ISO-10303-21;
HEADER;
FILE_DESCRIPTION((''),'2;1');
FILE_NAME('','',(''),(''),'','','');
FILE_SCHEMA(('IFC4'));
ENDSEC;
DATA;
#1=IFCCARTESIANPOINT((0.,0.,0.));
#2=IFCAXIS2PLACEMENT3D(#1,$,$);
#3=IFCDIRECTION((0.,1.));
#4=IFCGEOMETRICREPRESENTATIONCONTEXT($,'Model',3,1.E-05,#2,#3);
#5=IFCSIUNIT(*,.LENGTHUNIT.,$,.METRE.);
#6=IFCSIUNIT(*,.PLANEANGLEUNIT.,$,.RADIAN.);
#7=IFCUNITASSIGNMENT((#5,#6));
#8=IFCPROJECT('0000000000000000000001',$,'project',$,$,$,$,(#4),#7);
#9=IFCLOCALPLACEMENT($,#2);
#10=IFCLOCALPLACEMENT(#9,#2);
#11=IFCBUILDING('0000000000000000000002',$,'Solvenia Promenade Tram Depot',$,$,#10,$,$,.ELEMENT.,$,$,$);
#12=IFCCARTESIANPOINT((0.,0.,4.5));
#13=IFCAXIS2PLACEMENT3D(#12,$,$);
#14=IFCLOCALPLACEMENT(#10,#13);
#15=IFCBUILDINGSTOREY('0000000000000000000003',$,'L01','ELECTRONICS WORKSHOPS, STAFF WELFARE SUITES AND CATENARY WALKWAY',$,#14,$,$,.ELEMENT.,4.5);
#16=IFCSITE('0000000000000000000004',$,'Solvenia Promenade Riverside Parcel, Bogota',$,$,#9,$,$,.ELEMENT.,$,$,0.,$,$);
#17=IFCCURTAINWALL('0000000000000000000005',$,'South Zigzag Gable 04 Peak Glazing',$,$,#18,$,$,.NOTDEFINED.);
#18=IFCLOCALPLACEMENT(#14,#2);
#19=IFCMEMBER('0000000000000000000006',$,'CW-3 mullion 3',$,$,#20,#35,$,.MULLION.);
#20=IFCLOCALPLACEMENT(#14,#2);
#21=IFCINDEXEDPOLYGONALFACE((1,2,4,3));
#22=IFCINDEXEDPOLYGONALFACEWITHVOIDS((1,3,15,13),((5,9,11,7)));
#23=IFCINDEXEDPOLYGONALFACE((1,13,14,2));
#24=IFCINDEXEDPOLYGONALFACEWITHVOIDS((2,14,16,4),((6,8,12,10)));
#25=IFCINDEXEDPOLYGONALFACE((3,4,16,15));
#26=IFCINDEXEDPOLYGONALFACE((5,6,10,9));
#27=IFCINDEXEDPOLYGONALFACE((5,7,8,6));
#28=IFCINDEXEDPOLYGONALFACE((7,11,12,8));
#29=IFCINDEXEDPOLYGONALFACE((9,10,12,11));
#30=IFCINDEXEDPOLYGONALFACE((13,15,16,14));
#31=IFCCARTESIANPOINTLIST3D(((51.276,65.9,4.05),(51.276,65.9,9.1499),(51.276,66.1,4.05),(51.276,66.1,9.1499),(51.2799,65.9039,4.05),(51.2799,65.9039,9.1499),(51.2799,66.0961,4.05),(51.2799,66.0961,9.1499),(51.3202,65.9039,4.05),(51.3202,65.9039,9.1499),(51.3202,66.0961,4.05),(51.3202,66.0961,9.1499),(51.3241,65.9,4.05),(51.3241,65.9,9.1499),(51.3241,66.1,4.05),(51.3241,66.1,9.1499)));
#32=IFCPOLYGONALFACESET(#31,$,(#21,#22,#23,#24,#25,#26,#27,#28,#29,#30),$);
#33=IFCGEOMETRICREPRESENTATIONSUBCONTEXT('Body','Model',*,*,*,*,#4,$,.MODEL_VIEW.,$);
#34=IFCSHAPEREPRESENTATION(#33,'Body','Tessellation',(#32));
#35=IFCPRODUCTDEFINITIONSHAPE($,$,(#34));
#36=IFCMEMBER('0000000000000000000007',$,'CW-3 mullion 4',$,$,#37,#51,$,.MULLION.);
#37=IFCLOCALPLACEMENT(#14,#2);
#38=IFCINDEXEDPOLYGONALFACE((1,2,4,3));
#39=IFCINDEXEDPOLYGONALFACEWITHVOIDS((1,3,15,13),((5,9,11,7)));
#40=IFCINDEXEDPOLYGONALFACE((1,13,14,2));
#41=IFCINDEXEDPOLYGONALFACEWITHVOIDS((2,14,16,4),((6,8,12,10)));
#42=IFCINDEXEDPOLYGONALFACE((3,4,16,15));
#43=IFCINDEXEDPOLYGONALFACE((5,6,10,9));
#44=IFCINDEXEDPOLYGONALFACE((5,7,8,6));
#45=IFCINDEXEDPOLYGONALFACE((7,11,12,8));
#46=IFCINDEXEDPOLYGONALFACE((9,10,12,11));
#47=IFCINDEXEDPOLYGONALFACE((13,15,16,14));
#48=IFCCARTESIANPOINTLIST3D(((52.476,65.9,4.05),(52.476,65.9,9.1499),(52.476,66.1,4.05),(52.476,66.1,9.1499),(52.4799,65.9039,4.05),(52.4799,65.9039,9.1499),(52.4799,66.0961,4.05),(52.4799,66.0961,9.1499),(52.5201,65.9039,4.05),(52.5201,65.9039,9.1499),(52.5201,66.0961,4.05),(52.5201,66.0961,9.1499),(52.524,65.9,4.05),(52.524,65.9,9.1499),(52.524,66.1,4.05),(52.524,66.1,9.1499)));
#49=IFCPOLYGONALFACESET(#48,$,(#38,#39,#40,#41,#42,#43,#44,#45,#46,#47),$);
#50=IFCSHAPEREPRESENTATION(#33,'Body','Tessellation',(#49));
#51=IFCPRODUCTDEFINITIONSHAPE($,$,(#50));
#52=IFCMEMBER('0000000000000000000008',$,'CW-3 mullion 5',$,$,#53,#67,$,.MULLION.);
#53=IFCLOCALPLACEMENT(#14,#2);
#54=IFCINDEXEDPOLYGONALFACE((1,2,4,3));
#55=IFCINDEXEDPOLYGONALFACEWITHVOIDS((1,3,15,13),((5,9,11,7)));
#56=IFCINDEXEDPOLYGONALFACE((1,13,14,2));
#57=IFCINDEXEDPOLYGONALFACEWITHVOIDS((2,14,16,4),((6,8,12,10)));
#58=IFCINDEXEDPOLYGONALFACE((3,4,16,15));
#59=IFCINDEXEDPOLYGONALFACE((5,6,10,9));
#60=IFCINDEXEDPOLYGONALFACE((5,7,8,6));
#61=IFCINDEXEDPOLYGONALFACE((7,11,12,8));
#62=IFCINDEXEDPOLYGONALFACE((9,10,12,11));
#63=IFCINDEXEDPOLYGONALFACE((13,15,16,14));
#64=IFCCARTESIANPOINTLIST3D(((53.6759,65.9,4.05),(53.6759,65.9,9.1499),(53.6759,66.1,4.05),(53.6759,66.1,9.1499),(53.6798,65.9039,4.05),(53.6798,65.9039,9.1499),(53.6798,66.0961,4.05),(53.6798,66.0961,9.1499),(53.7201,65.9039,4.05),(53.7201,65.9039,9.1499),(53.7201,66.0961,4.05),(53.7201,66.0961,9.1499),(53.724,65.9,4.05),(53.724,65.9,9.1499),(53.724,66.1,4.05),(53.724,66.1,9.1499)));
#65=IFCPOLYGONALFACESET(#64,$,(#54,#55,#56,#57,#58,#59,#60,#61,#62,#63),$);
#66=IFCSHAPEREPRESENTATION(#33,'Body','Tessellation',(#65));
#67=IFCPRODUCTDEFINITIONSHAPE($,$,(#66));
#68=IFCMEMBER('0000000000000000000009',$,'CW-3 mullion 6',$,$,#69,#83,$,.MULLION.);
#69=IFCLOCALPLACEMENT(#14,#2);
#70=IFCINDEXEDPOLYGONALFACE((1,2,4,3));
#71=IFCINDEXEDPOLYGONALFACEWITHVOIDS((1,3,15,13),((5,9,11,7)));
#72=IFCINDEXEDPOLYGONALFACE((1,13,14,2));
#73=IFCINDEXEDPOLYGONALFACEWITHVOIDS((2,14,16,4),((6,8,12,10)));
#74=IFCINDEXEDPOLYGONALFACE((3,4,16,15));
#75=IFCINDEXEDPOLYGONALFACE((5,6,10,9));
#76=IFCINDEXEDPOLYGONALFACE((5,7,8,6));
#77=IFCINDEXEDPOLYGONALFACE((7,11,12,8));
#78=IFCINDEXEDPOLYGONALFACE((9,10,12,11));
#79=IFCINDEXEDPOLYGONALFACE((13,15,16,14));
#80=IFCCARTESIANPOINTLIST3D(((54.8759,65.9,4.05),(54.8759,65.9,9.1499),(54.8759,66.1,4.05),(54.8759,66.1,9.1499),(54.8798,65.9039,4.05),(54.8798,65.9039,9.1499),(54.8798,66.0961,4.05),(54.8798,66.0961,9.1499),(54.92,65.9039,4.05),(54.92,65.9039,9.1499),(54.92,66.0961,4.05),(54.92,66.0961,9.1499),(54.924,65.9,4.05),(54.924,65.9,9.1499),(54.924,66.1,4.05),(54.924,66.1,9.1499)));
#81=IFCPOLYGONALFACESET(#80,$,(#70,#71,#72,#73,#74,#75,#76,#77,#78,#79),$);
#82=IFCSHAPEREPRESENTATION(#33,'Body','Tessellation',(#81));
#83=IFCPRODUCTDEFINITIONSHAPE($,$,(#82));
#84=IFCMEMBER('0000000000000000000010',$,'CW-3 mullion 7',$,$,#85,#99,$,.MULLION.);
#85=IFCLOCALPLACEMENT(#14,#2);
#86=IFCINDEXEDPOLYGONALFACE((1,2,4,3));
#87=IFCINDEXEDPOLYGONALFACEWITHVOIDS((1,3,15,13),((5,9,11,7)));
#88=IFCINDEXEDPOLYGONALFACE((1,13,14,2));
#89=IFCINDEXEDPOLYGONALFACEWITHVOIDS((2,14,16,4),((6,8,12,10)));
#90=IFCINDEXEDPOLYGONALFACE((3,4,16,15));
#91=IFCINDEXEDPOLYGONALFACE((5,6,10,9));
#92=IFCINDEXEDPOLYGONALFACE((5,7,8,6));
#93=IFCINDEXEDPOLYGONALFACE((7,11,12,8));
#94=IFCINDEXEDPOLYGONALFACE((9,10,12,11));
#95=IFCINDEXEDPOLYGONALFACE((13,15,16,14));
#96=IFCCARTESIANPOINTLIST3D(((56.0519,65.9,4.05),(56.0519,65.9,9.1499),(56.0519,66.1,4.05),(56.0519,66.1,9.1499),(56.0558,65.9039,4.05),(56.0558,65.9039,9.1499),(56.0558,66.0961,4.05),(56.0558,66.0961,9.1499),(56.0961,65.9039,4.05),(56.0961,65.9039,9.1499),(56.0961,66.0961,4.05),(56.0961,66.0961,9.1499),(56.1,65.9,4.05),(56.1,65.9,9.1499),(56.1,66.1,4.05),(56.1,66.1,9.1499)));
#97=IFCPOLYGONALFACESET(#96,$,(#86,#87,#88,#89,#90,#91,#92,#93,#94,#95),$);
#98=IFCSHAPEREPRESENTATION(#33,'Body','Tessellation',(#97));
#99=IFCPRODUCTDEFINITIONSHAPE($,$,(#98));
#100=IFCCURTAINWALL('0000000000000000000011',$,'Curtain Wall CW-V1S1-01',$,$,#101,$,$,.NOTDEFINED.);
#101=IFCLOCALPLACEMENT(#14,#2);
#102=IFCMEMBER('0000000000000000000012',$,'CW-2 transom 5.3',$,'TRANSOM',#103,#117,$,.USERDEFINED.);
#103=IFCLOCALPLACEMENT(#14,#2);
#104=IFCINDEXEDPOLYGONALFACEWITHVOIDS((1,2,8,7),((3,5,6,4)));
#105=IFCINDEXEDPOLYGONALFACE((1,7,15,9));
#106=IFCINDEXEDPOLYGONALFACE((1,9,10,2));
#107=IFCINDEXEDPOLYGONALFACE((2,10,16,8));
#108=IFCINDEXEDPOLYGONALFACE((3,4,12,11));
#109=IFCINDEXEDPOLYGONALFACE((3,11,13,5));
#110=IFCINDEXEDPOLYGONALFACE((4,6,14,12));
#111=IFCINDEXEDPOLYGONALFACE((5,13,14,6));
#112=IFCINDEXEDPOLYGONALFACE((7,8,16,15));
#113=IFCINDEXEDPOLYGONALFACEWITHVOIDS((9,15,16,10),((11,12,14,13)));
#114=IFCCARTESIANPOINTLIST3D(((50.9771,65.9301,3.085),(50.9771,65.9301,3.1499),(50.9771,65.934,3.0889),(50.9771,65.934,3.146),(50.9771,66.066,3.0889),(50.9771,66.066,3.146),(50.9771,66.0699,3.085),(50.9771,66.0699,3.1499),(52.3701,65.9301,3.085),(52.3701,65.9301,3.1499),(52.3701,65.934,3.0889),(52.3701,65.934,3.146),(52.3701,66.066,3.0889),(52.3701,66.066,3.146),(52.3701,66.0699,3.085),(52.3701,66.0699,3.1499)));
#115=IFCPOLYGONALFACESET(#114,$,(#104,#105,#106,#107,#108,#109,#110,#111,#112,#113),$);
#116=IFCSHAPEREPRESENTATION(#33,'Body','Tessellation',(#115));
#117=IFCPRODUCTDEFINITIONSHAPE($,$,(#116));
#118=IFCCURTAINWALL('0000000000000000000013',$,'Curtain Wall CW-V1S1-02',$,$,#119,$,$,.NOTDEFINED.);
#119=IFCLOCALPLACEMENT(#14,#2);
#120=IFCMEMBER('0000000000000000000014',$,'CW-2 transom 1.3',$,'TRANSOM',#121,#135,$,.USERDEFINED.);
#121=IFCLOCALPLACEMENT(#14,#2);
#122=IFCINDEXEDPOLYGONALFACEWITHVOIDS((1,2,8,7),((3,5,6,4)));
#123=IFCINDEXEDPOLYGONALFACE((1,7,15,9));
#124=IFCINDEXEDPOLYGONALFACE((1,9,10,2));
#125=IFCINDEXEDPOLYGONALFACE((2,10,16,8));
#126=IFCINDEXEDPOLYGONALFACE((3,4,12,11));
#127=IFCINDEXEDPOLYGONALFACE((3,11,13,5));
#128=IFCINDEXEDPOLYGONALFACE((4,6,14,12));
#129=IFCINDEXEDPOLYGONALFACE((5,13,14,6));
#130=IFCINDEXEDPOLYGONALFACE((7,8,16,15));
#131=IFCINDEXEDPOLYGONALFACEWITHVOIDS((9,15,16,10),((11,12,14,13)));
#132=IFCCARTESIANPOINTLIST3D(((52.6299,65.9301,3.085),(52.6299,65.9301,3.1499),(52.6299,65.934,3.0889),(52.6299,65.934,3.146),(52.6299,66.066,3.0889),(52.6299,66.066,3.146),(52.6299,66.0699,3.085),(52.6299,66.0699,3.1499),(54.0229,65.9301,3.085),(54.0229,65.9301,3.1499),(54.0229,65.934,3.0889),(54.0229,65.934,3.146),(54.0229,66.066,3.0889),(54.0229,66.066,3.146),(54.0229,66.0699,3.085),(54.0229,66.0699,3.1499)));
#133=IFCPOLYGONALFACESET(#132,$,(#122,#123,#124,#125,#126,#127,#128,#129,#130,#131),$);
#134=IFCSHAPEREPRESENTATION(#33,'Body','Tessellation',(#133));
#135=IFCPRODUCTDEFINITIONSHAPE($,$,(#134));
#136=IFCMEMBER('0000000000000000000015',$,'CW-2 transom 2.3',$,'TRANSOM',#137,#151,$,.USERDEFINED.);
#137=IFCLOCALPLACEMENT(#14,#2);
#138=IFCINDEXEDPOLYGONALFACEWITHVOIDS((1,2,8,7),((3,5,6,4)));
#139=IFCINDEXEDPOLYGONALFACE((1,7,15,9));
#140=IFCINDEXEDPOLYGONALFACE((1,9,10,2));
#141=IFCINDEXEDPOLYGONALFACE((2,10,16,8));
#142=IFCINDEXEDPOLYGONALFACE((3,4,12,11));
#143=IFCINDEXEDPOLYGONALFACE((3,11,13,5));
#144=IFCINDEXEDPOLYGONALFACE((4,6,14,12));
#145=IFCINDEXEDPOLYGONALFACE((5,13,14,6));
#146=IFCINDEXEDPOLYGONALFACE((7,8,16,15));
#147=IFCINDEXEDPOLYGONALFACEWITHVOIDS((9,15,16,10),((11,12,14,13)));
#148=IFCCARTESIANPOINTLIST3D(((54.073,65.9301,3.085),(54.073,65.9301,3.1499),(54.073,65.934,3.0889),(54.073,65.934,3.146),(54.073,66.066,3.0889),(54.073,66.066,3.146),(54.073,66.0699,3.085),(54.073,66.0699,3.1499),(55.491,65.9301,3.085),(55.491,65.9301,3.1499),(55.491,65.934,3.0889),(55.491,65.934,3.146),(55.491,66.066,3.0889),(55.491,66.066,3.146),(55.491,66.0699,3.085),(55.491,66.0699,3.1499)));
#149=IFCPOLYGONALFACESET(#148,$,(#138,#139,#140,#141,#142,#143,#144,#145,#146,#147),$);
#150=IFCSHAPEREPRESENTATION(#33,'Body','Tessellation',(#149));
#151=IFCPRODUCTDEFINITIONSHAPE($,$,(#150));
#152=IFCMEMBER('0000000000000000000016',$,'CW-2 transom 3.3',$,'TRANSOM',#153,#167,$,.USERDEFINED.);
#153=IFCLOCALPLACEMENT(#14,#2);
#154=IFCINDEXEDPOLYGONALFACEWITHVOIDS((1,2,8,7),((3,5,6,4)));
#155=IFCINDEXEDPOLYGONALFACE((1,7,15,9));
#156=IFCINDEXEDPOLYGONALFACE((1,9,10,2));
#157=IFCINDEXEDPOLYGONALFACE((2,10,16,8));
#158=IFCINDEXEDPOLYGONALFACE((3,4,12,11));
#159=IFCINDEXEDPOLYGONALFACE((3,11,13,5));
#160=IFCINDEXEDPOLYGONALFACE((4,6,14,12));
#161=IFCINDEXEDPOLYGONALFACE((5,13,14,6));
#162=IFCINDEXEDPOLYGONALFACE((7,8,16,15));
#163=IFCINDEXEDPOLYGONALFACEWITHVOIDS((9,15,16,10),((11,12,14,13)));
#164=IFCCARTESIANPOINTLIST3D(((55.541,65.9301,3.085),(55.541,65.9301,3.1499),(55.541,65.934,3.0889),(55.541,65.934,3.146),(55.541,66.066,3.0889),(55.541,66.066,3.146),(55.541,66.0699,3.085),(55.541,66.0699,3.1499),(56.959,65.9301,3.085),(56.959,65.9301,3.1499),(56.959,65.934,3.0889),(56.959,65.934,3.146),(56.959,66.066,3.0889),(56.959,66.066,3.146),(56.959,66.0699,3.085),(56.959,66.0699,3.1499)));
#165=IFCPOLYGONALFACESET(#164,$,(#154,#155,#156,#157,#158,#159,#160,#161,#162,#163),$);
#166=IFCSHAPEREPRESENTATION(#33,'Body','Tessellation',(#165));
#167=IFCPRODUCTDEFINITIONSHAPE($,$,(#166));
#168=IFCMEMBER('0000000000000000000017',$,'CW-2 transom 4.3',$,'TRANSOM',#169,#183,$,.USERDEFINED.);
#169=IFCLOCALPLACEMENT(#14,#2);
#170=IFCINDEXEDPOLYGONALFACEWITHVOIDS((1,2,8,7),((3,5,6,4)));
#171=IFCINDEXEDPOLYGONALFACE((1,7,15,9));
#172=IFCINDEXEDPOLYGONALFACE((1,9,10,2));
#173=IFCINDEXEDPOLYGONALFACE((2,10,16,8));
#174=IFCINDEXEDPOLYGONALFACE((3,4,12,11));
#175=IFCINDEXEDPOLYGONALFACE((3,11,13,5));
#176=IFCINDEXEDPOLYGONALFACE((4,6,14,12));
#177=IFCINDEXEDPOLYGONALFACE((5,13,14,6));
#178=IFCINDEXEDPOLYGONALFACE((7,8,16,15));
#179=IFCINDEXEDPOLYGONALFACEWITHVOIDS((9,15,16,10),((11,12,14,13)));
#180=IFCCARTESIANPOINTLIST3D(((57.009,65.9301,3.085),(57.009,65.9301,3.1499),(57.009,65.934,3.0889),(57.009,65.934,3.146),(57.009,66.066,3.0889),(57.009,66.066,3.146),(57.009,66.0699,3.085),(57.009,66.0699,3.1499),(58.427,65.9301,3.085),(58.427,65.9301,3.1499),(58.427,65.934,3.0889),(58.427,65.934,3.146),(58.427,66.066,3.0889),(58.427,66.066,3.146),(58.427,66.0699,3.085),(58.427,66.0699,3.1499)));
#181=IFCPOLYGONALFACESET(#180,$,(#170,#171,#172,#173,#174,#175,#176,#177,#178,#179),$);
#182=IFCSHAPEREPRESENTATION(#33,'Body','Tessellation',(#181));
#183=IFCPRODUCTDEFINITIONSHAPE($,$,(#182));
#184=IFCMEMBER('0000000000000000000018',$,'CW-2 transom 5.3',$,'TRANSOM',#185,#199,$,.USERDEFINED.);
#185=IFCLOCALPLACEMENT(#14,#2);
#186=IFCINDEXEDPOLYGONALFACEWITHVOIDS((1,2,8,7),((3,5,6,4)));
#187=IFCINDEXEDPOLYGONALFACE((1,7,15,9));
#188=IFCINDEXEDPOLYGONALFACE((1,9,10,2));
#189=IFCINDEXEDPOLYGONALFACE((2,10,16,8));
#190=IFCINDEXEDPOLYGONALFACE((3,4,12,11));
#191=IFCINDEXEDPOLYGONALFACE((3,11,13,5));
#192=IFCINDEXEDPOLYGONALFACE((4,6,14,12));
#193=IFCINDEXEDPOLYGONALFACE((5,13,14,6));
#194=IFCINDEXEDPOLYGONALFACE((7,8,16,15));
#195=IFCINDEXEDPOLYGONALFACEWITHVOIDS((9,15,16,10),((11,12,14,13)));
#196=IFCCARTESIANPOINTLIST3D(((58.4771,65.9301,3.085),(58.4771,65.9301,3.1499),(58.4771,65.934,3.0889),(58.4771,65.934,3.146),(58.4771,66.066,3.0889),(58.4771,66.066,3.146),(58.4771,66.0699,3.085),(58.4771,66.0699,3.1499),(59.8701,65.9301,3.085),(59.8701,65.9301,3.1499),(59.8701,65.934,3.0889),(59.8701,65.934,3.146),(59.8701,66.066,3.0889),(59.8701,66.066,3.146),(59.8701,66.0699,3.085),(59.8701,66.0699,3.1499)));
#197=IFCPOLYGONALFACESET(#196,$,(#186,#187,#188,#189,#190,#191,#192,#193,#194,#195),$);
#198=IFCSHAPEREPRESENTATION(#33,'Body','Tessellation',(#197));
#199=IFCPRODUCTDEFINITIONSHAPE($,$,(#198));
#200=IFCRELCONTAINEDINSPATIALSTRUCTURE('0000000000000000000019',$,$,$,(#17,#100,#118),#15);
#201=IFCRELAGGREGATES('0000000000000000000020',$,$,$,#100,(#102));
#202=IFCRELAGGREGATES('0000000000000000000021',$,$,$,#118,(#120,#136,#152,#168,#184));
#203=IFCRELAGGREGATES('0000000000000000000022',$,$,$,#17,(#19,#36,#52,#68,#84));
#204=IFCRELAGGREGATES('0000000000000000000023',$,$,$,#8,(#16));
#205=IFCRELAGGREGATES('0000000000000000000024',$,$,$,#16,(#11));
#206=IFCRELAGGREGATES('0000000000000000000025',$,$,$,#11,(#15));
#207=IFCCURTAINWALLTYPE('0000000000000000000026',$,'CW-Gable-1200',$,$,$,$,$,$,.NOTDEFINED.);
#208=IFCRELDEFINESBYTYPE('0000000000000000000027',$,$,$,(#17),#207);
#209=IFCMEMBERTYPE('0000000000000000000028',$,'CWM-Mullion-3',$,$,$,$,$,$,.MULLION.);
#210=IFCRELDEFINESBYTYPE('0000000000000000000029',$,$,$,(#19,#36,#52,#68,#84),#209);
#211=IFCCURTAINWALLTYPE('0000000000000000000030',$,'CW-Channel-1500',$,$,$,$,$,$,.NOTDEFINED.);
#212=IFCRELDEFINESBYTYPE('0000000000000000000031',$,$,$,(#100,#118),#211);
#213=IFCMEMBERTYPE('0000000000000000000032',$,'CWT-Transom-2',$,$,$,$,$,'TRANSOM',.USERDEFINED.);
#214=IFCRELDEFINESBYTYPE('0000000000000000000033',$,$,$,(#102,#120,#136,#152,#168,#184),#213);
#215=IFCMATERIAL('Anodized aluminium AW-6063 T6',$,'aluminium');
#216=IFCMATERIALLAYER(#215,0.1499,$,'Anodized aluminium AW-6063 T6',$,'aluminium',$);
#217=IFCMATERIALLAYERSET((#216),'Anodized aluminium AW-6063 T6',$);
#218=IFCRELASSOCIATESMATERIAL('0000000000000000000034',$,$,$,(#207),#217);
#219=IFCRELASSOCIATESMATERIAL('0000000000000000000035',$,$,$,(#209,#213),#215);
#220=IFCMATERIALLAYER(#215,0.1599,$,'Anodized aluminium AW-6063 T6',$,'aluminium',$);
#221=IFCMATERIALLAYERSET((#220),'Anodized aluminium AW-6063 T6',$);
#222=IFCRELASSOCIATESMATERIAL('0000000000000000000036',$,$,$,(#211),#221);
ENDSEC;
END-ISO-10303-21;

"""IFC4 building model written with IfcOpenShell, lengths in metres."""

from ifc_helpers import new_model, si_unit, direction, frame, origin, origin_2d, place, context, subcontext, project, spatial, hollow_rectangle, extrude, material, layer, layer_set, material_profile, profile_set, type_object, element, aggregate, save


model = new_model("IFC4")

# Units and contexts
model_context = context("Model", 3, precision=1e-05, world=origin(), true_north=direction((0.0, 1.0)))
body_context = subcontext(model_context, "Body", "Model", "MODEL_VIEW")
ifc_project = project(units=[si_unit("LENGTHUNIT", "METRE"), si_unit("PLANEANGLEUNIT", "RADIAN")], contexts=[model_context])

# Site, building, storey
site_placement = place(None, origin())
site = spatial("IfcSite", under=ifc_project, at=site_placement, Name="Solvenia Promenade Riverside Parcel, Bogota", CompositionType="ELEMENT", RefElevation=0.0)
building_placement = place(site_placement, origin())
building = spatial("IfcBuilding", under=site, at=building_placement, Name="Solvenia Promenade Tram Depot", CompositionType="ELEMENT")
storey_placement = place(building_placement, frame((0.0, 0.0, 4.5)))
storey = spatial("IfcBuildingStorey", under=building, at=storey_placement, Name="L01", Description="ELECTRONICS WORKSHOPS, STAFF WELFARE SUITES AND CATENARY WALKWAY", CompositionType="ELEMENT", Elevation=4.5)

# Curtain wall, members
ifc_material_1 = material(Name="Anodized aluminium AW-6063 T6", Category="aluminium")
ifc_layer_1 = layer(ifc_material_1, 0.1499, Name="Anodized aluminium AW-6063 T6", Category="aluminium")
ifc_layer_set_1 = layer_set([ifc_layer_1], Name="Anodized aluminium AW-6063 T6")
curtain_wall_type_1 = type_object("IfcCurtainWallType", Name="CW-Gable-1200", PredefinedType="NOTDEFINED", material=ifc_layer_set_1)
curtain_wall_1_placement = place(storey_placement, origin())
curtain_wall_1 = element("IfcCurtainWall", 1, at=curtain_wall_1_placement, inside=storey, type_object=curtain_wall_type_1, Name="South Zigzag Gable 04 Peak Glazing", PredefinedType="NOTDEFINED")
ifc_material_profile_1 = material_profile(ifc_material_1, hollow_rectangle(XDim=0.2, YDim=0.0481, WallThickness=0.0039, at=origin_2d()), Name="ALU-M3", Category="aluminium")
ifc_profile_set_1 = profile_set([ifc_material_profile_1], Name="Anodized aluminium AW-6063 T6")
member_type_1 = type_object("IfcMemberType", Name="CWM-Mullion-3", PredefinedType="MULLION", material=ifc_profile_set_1)
member_1_placement = place(storey_placement, frame((51.3, 66.0, 4.05), z_axis=(0.0, 0.0, 1.0), x_axis=(0.0, 1.0, 0.0)))
member_1 = element("IfcMember", 2, at=member_1_placement, type_object=member_type_1, Name="CW-3 mullion 3", PredefinedType="MULLION", context=body_context, shape_type="SweptSolid", body=[
    extrude(hollow_rectangle(XDim=0.2, YDim=0.0481, WallThickness=0.0039, at=origin_2d()), origin(), (0.0, 0.0, 1.0), 5.0999),
])
member_2_placement = place(storey_placement, frame((52.5, 66.0, 4.05), z_axis=(0.0, 0.0, 1.0), x_axis=(0.0, 1.0, 0.0)))
member_2 = element("IfcMember", 3, at=member_2_placement, type_object=member_type_1, Name="CW-3 mullion 4", PredefinedType="MULLION", context=body_context, shape_type="SweptSolid", body=[
    extrude(hollow_rectangle(XDim=0.2, YDim=0.0481, WallThickness=0.0039, at=origin_2d()), origin(), (0.0, 0.0, 1.0), 5.0999),
])
member_3_placement = place(storey_placement, frame((53.7, 66.0, 4.05), z_axis=(0.0, 0.0, 1.0), x_axis=(0.0, 1.0, 0.0)))
member_3 = element("IfcMember", 4, at=member_3_placement, type_object=member_type_1, Name="CW-3 mullion 5", PredefinedType="MULLION", context=body_context, shape_type="SweptSolid", body=[
    extrude(hollow_rectangle(XDim=0.2, YDim=0.0481, WallThickness=0.0039, at=origin_2d()), origin(), (0.0, 0.0, 1.0), 5.0999),
])
member_4_placement = place(storey_placement, frame((54.8999, 66.0, 4.05), z_axis=(0.0, 0.0, 1.0), x_axis=(0.0, 1.0, 0.0)))
member_4 = element("IfcMember", 5, at=member_4_placement, type_object=member_type_1, Name="CW-3 mullion 6", PredefinedType="MULLION", context=body_context, shape_type="SweptSolid", body=[
    extrude(hollow_rectangle(XDim=0.2, YDim=0.0481, WallThickness=0.0039, at=origin_2d()), origin(), (0.0, 0.0, 1.0), 5.0999),
])
member_5_placement = place(storey_placement, frame((56.0759, 66.0, 4.05), z_axis=(0.0, 0.0, 1.0), x_axis=(0.0, 1.0, 0.0)))
member_5 = element("IfcMember", 6, at=member_5_placement, type_object=member_type_1, Name="CW-3 mullion 7", PredefinedType="MULLION", context=body_context, shape_type="SweptSolid", body=[
    extrude(hollow_rectangle(XDim=0.2, YDim=0.0481, WallThickness=0.0039, at=origin_2d()), origin(), (0.0, 0.0, 1.0), 5.0999),
])

# Curtain wall, member
ifc_layer_2 = layer(ifc_material_1, 0.1599, Name="Anodized aluminium AW-6063 T6", Category="aluminium")
ifc_layer_set_2 = layer_set([ifc_layer_2], Name="Anodized aluminium AW-6063 T6")
curtain_wall_type_2 = type_object("IfcCurtainWallType", Name="CW-Channel-1500", PredefinedType="NOTDEFINED", material=ifc_layer_set_2)
curtain_wall_2_placement = place(storey_placement, origin())
curtain_wall_2 = element("IfcCurtainWall", 7, at=curtain_wall_2_placement, inside=storey, type_object=curtain_wall_type_2, Name="Curtain Wall CW-V1S1-01", PredefinedType="NOTDEFINED")
ifc_material_profile_2 = material_profile(ifc_material_1, hollow_rectangle(XDim=0.1399, YDim=0.0649, WallThickness=0.0039, at=origin_2d()), Name="ALU-T2", Category="aluminium")
ifc_profile_set_2 = profile_set([ifc_material_profile_2], Name="Anodized aluminium AW-6063 T6")
member_type_2 = type_object("IfcMemberType", Name="CWT-Transom-2", ElementType="TRANSOM", PredefinedType="USERDEFINED", material=ifc_profile_set_2)
member_6_placement = place(storey_placement, frame((50.9771, 66.0, 3.1174), z_axis=(1.0, 0.0, 0.0), x_axis=(0.0, 1.0, 0.0)))
member_6 = element("IfcMember", 8, at=member_6_placement, type_object=member_type_2, Name="CW-2 transom 5.3", ObjectType="TRANSOM", PredefinedType="USERDEFINED", context=body_context, shape_type="SweptSolid", body=[
    extrude(hollow_rectangle(XDim=0.1399, YDim=0.0649, WallThickness=0.0039, at=origin_2d()), origin(), (0.0, 0.0, 1.0), 1.3931),
])
aggregate(curtain_wall_2, [member_6])

# Curtain wall, members
curtain_wall_3_placement = place(storey_placement, origin())
curtain_wall_3 = element("IfcCurtainWall", 9, at=curtain_wall_3_placement, inside=storey, type_object=curtain_wall_type_2, Name="Curtain Wall CW-V1S1-02", PredefinedType="NOTDEFINED")
member_7_placement = place(storey_placement, frame((52.6299, 66.0, 3.1174), z_axis=(1.0, 0.0, 0.0), x_axis=(0.0, 1.0, 0.0)))
member_7 = element("IfcMember", 10, at=member_7_placement, type_object=member_type_2, Name="CW-2 transom 1.3", ObjectType="TRANSOM", PredefinedType="USERDEFINED", context=body_context, shape_type="SweptSolid", body=[
    extrude(hollow_rectangle(XDim=0.1399, YDim=0.0649, WallThickness=0.0039, at=origin_2d()), origin(), (0.0, 0.0, 1.0), 1.3931),
])
member_8_placement = place(storey_placement, frame((54.073, 66.0, 3.1174), z_axis=(1.0, 0.0, 0.0), x_axis=(0.0, 1.0, 0.0)))
member_8 = element("IfcMember", 11, at=member_8_placement, type_object=member_type_2, Name="CW-2 transom 2.3", ObjectType="TRANSOM", PredefinedType="USERDEFINED", context=body_context, shape_type="SweptSolid", body=[
    extrude(hollow_rectangle(XDim=0.1399, YDim=0.0649, WallThickness=0.0039, at=origin_2d()), origin(), (0.0, 0.0, 1.0), 1.418),
])
member_9_placement = place(storey_placement, frame((55.541, 66.0, 3.1174), z_axis=(1.0, 0.0, 0.0), x_axis=(0.0, 1.0, 0.0)))
member_9 = element("IfcMember", 12, at=member_9_placement, type_object=member_type_2, Name="CW-2 transom 3.3", ObjectType="TRANSOM", PredefinedType="USERDEFINED", context=body_context, shape_type="SweptSolid", body=[
    extrude(hollow_rectangle(XDim=0.1399, YDim=0.0649, WallThickness=0.0039, at=origin_2d()), origin(), (0.0, 0.0, 1.0), 1.418),
])
member_10_placement = place(storey_placement, frame((57.009, 66.0, 3.1174), z_axis=(1.0, 0.0, 0.0), x_axis=(0.0, 1.0, 0.0)))
member_10 = element("IfcMember", 13, at=member_10_placement, type_object=member_type_2, Name="CW-2 transom 4.3", ObjectType="TRANSOM", PredefinedType="USERDEFINED", context=body_context, shape_type="SweptSolid", body=[
    extrude(hollow_rectangle(XDim=0.1399, YDim=0.0649, WallThickness=0.0039, at=origin_2d()), origin(), (0.0, 0.0, 1.0), 1.418),
])
member_11_placement = place(storey_placement, frame((58.4771, 66.0, 3.1174), z_axis=(1.0, 0.0, 0.0), x_axis=(0.0, 1.0, 0.0)))
member_11 = element("IfcMember", 14, at=member_11_placement, type_object=member_type_2, Name="CW-2 transom 5.3", ObjectType="TRANSOM", PredefinedType="USERDEFINED", context=body_context, shape_type="SweptSolid", body=[
    extrude(hollow_rectangle(XDim=0.1399, YDim=0.0649, WallThickness=0.0039, at=origin_2d()), origin(), (0.0, 0.0, 1.0), 1.3931),
])
aggregate(curtain_wall_3, [member_7, member_8, member_9, member_10, member_11])

aggregate(curtain_wall_1, [member_1, member_2, member_3, member_4, member_5])

save(model, "model.ifc")
